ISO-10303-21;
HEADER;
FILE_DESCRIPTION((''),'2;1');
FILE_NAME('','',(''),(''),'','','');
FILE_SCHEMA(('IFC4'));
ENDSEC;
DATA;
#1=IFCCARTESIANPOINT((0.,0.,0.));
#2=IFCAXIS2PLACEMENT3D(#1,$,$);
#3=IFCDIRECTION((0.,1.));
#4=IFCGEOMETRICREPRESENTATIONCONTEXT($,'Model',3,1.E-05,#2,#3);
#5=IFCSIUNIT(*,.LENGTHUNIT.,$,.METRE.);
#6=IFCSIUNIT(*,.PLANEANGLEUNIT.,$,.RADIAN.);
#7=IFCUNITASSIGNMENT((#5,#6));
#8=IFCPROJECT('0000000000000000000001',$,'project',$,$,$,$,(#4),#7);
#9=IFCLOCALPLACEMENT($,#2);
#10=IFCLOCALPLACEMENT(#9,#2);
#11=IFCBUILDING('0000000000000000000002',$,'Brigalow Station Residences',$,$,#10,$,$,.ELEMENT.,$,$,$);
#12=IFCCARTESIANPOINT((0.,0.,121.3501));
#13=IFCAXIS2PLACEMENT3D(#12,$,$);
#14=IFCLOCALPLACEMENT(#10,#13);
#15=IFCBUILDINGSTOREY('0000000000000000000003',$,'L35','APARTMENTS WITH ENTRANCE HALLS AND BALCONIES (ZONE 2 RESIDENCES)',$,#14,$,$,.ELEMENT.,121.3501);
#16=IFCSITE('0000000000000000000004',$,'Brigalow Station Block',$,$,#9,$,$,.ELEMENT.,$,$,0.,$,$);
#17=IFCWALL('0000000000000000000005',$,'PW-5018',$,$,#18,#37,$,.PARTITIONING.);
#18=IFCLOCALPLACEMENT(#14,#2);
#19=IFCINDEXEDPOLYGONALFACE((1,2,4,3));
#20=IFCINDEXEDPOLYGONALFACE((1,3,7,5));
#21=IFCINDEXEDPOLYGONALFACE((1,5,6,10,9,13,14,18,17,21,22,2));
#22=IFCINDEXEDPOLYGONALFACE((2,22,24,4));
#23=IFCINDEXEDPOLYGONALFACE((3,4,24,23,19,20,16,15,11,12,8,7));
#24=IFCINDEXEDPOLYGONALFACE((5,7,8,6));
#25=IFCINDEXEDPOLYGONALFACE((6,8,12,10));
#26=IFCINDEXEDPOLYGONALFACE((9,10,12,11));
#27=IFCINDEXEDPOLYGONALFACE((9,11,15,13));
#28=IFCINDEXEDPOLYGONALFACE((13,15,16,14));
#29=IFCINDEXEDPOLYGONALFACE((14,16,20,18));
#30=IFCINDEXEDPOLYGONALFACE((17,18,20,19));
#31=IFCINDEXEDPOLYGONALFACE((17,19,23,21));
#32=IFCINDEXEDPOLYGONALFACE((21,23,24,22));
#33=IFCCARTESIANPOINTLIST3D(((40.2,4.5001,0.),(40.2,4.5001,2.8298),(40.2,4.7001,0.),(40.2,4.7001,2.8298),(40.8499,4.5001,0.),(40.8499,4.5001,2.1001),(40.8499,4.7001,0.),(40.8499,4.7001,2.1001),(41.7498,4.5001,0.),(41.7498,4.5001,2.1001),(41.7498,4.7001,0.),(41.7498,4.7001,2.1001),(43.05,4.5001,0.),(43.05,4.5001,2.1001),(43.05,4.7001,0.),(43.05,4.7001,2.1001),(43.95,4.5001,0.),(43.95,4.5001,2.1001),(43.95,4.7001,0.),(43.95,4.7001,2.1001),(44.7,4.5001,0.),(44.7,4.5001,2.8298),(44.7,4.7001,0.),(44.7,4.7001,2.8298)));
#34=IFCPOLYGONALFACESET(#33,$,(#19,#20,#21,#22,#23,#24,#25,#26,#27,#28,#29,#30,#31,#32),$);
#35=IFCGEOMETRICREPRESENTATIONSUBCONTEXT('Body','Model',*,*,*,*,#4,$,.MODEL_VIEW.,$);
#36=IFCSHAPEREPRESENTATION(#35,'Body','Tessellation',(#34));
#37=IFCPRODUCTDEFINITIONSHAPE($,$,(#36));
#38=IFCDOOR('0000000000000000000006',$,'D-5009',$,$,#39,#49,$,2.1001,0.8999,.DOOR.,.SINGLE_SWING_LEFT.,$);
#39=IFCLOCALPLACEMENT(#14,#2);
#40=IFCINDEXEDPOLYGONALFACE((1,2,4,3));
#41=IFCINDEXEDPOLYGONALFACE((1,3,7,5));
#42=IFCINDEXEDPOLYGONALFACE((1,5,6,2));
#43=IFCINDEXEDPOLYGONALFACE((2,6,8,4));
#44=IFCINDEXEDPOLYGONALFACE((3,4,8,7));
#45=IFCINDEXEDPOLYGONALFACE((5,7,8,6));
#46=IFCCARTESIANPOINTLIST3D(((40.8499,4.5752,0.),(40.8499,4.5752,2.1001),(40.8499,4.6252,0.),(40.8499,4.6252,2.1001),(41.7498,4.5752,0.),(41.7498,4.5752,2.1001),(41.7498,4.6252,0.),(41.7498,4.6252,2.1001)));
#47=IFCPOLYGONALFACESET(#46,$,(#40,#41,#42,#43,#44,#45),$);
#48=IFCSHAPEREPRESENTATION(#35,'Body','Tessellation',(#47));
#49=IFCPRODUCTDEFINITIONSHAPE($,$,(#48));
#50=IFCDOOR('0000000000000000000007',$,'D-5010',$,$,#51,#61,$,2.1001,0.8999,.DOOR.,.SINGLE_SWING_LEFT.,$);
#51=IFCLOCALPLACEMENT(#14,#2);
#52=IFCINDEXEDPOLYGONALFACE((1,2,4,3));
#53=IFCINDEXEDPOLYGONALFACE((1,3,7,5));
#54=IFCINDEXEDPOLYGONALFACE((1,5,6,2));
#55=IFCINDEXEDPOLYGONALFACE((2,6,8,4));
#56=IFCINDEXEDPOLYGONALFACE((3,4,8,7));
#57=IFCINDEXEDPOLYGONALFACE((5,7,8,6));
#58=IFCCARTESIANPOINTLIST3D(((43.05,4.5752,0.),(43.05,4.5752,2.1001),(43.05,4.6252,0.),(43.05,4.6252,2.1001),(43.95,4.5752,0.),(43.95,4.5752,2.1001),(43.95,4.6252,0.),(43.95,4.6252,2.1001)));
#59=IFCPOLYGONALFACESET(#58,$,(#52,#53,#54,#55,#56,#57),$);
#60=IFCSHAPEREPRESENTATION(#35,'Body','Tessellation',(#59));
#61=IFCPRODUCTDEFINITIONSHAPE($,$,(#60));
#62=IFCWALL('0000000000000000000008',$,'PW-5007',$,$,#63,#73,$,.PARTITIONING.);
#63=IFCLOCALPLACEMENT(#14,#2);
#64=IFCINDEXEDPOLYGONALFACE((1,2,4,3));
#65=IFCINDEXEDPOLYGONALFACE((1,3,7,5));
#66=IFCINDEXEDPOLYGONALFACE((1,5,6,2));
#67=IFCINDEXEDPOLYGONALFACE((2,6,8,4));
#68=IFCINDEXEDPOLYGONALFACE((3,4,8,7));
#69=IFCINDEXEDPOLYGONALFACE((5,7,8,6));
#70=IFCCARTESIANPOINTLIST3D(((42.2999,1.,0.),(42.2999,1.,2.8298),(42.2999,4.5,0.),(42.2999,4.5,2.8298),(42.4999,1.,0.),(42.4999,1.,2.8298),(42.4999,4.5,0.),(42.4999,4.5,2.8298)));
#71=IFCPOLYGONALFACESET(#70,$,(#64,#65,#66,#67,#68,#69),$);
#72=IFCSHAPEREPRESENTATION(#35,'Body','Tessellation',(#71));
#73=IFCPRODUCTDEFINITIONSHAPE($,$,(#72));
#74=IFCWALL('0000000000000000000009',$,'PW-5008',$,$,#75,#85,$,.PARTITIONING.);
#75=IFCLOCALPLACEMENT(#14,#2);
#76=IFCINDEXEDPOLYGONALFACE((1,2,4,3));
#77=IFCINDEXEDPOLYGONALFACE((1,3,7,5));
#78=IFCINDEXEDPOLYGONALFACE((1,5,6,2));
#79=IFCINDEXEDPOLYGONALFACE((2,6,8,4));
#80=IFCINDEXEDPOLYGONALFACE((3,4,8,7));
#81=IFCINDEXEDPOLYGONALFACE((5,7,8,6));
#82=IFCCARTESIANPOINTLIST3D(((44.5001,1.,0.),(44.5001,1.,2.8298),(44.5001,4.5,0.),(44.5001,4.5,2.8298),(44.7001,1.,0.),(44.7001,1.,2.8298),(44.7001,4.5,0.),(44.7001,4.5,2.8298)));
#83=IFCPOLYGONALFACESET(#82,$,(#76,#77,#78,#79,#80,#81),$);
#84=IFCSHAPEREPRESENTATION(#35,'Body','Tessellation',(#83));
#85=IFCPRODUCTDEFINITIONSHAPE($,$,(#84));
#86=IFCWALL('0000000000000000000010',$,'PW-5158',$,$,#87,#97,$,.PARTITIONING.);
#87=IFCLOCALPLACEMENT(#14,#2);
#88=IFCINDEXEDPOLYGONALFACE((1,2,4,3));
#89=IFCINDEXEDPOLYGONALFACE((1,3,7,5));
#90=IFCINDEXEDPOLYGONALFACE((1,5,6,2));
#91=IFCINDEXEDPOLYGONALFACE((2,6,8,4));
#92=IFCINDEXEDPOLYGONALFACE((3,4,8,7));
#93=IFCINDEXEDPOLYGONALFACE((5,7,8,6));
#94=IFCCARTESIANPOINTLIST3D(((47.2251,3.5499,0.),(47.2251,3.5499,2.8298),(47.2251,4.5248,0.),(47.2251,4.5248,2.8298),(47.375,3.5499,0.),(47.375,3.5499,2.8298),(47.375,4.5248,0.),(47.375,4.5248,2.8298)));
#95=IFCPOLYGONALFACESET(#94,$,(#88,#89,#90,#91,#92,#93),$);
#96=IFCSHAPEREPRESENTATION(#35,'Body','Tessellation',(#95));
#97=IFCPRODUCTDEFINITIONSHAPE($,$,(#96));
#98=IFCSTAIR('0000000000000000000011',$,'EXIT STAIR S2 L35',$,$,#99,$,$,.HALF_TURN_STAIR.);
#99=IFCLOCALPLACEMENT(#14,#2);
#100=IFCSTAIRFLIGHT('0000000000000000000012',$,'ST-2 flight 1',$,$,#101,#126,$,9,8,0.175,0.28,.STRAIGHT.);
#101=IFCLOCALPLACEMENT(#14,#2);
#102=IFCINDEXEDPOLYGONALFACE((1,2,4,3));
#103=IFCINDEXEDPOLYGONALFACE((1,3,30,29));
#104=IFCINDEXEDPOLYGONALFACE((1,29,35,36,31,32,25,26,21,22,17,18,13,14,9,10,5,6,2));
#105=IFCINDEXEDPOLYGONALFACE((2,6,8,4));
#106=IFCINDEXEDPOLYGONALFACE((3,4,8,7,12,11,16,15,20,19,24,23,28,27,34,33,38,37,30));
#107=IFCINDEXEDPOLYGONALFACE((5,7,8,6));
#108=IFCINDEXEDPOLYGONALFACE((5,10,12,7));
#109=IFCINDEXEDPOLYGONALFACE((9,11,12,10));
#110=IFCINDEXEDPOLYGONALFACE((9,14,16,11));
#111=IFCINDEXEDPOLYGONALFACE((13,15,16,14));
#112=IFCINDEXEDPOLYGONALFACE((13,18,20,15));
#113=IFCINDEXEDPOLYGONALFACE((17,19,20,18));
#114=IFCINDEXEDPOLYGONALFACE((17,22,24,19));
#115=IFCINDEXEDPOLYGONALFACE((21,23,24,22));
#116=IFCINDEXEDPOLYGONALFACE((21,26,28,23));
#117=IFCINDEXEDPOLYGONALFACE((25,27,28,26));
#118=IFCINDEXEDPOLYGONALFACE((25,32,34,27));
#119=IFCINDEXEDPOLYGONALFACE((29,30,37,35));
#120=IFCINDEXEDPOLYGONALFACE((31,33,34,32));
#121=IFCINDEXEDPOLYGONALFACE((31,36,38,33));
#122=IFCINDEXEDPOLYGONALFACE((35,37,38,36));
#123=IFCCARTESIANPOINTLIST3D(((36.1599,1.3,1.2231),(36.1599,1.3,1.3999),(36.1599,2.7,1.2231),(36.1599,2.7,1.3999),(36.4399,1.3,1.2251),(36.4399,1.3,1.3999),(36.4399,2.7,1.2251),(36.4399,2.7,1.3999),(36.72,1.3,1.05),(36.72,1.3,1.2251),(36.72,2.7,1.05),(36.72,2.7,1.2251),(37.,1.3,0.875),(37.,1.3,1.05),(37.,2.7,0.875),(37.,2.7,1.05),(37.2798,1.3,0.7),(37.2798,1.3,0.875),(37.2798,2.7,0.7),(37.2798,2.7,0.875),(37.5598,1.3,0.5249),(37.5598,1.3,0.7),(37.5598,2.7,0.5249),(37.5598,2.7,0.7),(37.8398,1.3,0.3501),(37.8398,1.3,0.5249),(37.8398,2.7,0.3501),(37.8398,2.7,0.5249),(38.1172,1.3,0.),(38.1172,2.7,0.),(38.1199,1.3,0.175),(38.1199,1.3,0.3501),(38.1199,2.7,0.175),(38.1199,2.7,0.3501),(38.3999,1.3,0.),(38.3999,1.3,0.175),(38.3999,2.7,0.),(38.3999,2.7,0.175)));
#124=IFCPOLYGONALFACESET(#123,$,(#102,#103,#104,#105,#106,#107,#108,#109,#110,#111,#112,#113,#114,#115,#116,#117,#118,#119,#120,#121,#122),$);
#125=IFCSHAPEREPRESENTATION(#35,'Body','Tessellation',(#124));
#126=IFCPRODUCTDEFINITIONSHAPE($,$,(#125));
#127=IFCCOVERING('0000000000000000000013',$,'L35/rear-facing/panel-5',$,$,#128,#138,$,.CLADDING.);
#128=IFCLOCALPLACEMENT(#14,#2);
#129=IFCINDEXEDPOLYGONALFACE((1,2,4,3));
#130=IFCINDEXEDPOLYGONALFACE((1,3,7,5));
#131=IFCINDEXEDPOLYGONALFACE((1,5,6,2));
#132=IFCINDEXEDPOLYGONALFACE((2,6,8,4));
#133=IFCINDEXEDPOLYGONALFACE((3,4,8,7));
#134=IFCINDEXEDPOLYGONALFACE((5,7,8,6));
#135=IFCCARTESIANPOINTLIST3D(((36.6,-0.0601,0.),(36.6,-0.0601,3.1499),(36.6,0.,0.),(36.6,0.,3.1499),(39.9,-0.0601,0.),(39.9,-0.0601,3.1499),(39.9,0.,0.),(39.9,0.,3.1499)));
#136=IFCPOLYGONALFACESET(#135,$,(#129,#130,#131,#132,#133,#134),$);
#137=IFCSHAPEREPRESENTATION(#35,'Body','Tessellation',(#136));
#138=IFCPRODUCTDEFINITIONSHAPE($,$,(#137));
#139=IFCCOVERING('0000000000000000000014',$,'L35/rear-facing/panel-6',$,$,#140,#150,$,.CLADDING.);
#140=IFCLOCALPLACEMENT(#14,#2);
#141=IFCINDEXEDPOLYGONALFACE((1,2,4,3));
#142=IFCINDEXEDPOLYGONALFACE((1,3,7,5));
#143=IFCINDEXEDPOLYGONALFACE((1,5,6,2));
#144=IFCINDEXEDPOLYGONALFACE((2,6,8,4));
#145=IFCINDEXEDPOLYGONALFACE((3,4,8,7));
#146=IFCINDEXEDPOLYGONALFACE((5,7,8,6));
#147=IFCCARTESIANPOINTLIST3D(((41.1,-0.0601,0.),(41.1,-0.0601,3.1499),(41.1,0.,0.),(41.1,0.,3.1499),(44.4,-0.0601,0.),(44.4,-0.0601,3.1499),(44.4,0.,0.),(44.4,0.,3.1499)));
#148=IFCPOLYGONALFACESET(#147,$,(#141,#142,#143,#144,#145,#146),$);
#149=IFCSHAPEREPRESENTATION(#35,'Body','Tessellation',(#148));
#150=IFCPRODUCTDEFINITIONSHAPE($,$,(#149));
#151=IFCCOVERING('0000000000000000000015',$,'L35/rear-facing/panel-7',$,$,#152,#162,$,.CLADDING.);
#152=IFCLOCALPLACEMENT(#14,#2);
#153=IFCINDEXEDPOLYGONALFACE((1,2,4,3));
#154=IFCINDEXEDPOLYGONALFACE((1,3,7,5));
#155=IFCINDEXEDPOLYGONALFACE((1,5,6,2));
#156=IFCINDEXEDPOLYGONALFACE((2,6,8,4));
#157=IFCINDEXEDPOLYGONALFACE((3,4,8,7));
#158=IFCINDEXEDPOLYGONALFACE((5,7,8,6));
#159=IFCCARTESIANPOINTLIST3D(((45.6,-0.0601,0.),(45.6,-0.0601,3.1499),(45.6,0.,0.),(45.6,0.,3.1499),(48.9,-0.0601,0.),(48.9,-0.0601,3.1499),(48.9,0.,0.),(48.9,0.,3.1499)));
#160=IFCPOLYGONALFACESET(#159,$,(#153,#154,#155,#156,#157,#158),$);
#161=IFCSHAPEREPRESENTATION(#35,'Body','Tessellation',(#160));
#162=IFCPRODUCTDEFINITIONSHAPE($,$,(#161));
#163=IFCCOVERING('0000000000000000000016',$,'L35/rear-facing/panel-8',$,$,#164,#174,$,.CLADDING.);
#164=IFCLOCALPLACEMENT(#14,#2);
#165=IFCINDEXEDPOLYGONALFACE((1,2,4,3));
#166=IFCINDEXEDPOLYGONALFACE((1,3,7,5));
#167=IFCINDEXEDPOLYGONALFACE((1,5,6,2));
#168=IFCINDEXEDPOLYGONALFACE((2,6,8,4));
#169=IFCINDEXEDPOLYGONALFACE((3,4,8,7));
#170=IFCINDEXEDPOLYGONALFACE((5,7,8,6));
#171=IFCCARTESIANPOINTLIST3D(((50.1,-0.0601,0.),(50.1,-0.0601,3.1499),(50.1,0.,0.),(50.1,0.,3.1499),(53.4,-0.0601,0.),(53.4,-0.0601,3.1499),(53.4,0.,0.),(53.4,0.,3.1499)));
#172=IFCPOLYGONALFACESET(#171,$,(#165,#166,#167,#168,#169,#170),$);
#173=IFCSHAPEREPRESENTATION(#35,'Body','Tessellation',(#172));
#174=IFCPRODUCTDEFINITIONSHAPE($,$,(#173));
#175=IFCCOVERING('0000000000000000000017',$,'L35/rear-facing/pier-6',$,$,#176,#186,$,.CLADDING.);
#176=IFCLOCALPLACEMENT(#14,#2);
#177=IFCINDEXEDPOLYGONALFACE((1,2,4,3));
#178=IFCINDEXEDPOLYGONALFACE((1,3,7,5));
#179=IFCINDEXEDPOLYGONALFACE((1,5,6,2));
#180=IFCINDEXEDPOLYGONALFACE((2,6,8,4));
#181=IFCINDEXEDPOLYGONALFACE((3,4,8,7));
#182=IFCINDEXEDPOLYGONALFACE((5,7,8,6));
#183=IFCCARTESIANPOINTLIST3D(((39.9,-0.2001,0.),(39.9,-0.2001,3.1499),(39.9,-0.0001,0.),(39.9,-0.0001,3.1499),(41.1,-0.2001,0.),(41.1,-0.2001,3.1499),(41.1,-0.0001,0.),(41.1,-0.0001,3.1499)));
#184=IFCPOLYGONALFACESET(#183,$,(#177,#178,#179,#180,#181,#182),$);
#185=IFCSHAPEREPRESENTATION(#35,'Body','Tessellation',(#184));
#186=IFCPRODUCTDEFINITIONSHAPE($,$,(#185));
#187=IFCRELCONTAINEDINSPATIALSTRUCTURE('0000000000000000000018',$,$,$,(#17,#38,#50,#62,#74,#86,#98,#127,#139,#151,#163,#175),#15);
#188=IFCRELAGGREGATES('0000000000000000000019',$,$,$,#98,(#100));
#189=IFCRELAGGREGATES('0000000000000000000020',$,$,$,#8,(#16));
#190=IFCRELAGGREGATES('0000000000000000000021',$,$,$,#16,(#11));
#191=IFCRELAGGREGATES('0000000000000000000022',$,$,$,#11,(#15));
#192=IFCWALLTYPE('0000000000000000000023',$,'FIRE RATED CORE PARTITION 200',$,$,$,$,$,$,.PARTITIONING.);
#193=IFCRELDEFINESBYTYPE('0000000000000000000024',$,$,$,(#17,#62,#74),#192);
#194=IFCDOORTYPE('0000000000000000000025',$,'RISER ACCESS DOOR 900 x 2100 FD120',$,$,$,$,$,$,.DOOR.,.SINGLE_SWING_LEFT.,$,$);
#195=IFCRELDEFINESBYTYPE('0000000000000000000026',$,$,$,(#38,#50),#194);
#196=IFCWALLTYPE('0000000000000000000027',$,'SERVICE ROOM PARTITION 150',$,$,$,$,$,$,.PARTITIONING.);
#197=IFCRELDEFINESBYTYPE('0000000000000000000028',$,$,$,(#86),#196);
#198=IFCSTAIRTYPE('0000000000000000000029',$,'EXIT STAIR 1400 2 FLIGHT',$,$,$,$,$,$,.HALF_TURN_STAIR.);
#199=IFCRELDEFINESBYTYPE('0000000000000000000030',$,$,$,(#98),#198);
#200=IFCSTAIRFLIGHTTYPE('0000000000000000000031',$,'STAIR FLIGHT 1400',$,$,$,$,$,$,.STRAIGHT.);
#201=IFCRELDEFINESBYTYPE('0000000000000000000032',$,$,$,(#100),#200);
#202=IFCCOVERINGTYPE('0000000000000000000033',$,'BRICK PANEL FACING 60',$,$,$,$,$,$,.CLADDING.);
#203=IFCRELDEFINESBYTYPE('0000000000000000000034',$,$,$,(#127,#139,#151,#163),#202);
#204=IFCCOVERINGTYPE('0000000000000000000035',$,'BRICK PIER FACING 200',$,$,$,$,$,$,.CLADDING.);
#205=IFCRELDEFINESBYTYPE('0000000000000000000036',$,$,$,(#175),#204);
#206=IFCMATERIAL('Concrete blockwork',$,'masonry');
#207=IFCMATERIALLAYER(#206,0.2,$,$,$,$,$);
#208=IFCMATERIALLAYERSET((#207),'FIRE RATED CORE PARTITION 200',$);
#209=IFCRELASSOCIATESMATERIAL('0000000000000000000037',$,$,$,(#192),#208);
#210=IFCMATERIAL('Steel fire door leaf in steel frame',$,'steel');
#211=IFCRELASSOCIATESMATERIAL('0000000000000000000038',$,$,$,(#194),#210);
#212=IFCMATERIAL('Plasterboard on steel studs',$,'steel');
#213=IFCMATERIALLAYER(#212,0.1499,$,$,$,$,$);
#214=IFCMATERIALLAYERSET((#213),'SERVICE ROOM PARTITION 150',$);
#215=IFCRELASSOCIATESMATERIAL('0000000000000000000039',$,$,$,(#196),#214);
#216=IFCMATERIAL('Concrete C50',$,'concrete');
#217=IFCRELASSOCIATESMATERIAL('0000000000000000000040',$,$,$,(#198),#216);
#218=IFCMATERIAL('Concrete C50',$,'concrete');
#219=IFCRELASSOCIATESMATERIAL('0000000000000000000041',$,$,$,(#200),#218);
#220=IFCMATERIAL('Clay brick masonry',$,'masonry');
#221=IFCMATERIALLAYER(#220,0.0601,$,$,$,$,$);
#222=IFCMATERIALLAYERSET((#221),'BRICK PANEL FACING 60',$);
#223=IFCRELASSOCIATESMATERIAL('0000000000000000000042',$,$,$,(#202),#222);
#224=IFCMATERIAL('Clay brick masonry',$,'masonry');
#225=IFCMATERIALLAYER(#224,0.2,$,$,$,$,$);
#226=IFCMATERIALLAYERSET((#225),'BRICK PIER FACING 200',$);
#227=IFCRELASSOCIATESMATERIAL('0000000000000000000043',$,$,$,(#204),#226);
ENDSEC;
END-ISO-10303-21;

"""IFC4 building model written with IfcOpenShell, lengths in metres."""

from ifc_helpers import new_model, si_unit, direction, frame, frame_2d, origin, origin_2d, place, context, subcontext, project, spatial, polyline, rectangle, outline, extrude, material, layer, layer_set, type_object, element, fill, aggregate, save


model = new_model("IFC4")

# Units and contexts
model_context = context("Model", 3, precision=1e-05, world=origin(), true_north=direction((0.0, 1.0)))
body_context = subcontext(model_context, "Body", "Model", "MODEL_VIEW")
ifc_project = project(units=[si_unit("LENGTHUNIT", "METRE"), si_unit("PLANEANGLEUNIT", "RADIAN")], contexts=[model_context])

# Site, building, storey
site_placement = place(None, origin())
site = spatial("IfcSite", under=ifc_project, at=site_placement, Name="Brigalow Station Block", CompositionType="ELEMENT", RefElevation=0.0)
building_placement = place(site_placement, origin())
building = spatial("IfcBuilding", under=site, at=building_placement, Name="Brigalow Station Residences", CompositionType="ELEMENT")
storey_placement = place(building_placement, frame((0.0, 0.0, 121.3501)))
storey = spatial("IfcBuildingStorey", under=building, at=storey_placement, Name="L35", Description="APARTMENTS WITH ENTRANCE HALLS AND BALCONIES (ZONE 2 RESIDENCES)", CompositionType="ELEMENT", Elevation=121.3501)

# Wall, openings, doors
ifc_material_1 = material(Name="Concrete blockwork", Category="masonry")
ifc_layer_1 = layer(ifc_material_1, 0.2)
ifc_layer_set_1 = layer_set([ifc_layer_1], Name="FIRE RATED CORE PARTITION 200")
wall_type_1 = type_object("IfcWallType", Name="FIRE RATED CORE PARTITION 200", PredefinedType="PARTITIONING", material=ifc_layer_set_1)
wall_1_placement = place(storey_placement, frame((40.2, 4.6001, 0.0), z_axis=(0.0, 0.0, 1.0), x_axis=(1.0, 0.0, 0.0)))
wall_1 = element("IfcWall", 1, at=wall_1_placement, inside=storey, type_object=wall_type_1, Name="PW-5018", PredefinedType="PARTITIONING", context=body_context, shape_type="SweptSolid", body=[
    extrude(rectangle(XDim=4.5, YDim=0.2, at=frame_2d((2.25, 0.0))), origin(), (0.0, 0.0, 1.0), 2.8298),
])
opening_1_placement = place(wall_1_placement, frame((0.6499, 0.0, 0.0)))
opening_1 = element("IfcOpeningElement", 2, at=opening_1_placement, cuts=wall_1, PredefinedType="OPENING", context=body_context, shape_type="SweptSolid", body=[
    extrude(rectangle(XDim=0.8999, YDim=2.1001, at=frame_2d((0.45, 1.05))), frame((0.0, 0.1099, 0.0), z_axis=(0.0, -1.0, 0.0), x_axis=(1.0, 0.0, 0.0)), (0.0, 0.0, 1.0), 0.22),
])
opening_2_placement = place(wall_1_placement, frame((2.8501, 0.0, 0.0)))
opening_2 = element("IfcOpeningElement", 3, at=opening_2_placement, cuts=wall_1, PredefinedType="OPENING", context=body_context, shape_type="SweptSolid", body=[
    extrude(rectangle(XDim=0.8999, YDim=2.1001, at=frame_2d((0.45, 1.05))), frame((0.0, 0.1099, 0.0), z_axis=(0.0, -1.0, 0.0), x_axis=(1.0, 0.0, 0.0)), (0.0, 0.0, 1.0), 0.22),
])
ifc_material_2 = material(Name="Steel fire door leaf in steel frame", Category="steel")
door_type_1 = type_object("IfcDoorType", Name="RISER ACCESS DOOR 900 x 2100 FD120", OperationType="SINGLE_SWING_LEFT", PredefinedType="DOOR", material=ifc_material_2)
door_1_placement = place(opening_1_placement, frame((0.8999, 0.0, 0.0), z_axis=(0.0, 0.0, 1.0), x_axis=(-1.0, 0.0, 0.0)))
door_1 = element("IfcDoor", 4, at=door_1_placement, inside=storey, type_object=door_type_1, Name="D-5009", OperationType="SINGLE_SWING_LEFT", OverallHeight=2.1001, OverallWidth=0.8999, PredefinedType="DOOR", context=body_context, shape_type="SweptSolid", body=[
    extrude(rectangle(XDim=0.8999, YDim=2.1001, at=frame_2d((0.45, 1.05))), frame((0.0, 0.0249, 0.0), z_axis=(0.0, -1.0, 0.0), x_axis=(1.0, 0.0, 0.0)), (0.0, 0.0, 1.0), 0.05),
])
fill(opening_1, door_1)
door_2_placement = place(opening_2_placement, frame((0.8999, 0.0, 0.0), z_axis=(0.0, 0.0, 1.0), x_axis=(-1.0, 0.0, 0.0)))
door_2 = element("IfcDoor", 5, at=door_2_placement, inside=storey, type_object=door_type_1, Name="D-5010", OperationType="SINGLE_SWING_LEFT", OverallHeight=2.1001, OverallWidth=0.8999, PredefinedType="DOOR", context=body_context, shape_type="SweptSolid", body=[
    extrude(rectangle(XDim=0.8999, YDim=2.1001, at=frame_2d((0.45, 1.05))), frame((0.0, 0.0249, 0.0), z_axis=(0.0, -1.0, 0.0), x_axis=(1.0, 0.0, 0.0)), (0.0, 0.0, 1.0), 0.05),
])
fill(opening_2, door_2)

# Walls
for number, where, z_axis, x_axis, name in (
    (6, (42.3999, 1.0, 0.0), (0.0, 0.0, 1.0), (0.0, 1.0, 0.0), "PW-5007"),
    (7, (44.6001, 1.0, 0.0), (0.0, 0.0, 1.0), (0.0, 1.0, 0.0), "PW-5008"),
):
    element("IfcWall", number, at=place(storey_placement, frame(where, z_axis=z_axis, x_axis=x_axis)), inside=storey, type_object=wall_type_1, Name=name, PredefinedType="PARTITIONING", context=body_context, shape_type="SweptSolid", body=[
        extrude(rectangle(XDim=3.5, YDim=0.2, at=frame_2d((1.75, 0.0))), origin(), (0.0, 0.0, 1.0), 2.8298),
    ])
ifc_material_3 = material(Name="Plasterboard on steel studs", Category="steel")
ifc_layer_2 = layer(ifc_material_3, 0.1499)
ifc_layer_set_2 = layer_set([ifc_layer_2], Name="SERVICE ROOM PARTITION 150")
wall_type_2 = type_object("IfcWallType", Name="SERVICE ROOM PARTITION 150", PredefinedType="PARTITIONING", material=ifc_layer_set_2)
wall_2_placement = place(storey_placement, frame((47.3, 3.55, 0.0), z_axis=(0.0, 0.0, 1.0), x_axis=(0.0, 1.0, 0.0)))
element("IfcWall", 8, at=wall_2_placement, inside=storey, type_object=wall_type_2, Name="PW-5158", PredefinedType="PARTITIONING", context=body_context, shape_type="SweptSolid", body=[
    extrude(rectangle(XDim=0.9749, YDim=0.1499, at=frame_2d((0.4873, 0.0))), origin(), (0.0, 0.0, 1.0), 2.8298),
])

# Stair, stair flight
ifc_material_4 = material(Name="Concrete C50", Category="concrete")
stair_type = type_object("IfcStairType", Name="EXIT STAIR 1400 2 FLIGHT", PredefinedType="HALF_TURN_STAIR", material=ifc_material_4)
stair_placement = place(storey_placement, origin())
stair = element("IfcStair", 9, at=stair_placement, inside=storey, type_object=stair_type, Name="EXIT STAIR S2 L35", PredefinedType="HALF_TURN_STAIR")
ifc_material_5 = material(Name="Concrete C50", Category="concrete")
stair_flight_type = type_object("IfcStairFlightType", Name="STAIR FLIGHT 1400", PredefinedType="STRAIGHT", material=ifc_material_5)
stair_flight_placement = place(storey_placement, frame((38.3999, 2.0, 0.0), z_axis=(0.0, 0.0, 1.0), x_axis=(-1.0, 0.0, 0.0)))
stair_flight = element("IfcStairFlight", 10, at=stair_flight_placement, type_object=stair_flight_type, Name="ST-2 flight 1", NumberOfRisers=9, NumberOfTreads=8, PredefinedType="STRAIGHT", RiserHeight=0.175, TreadLength=0.28, context=body_context, shape_type="SweptSolid", body=[
    extrude(outline(polyline([(0.0, 0.0), (0.0, 0.175), (0.28, 0.175), (0.28, 0.3501), (0.5601, 0.3501), (0.5601, 0.5249), (0.8401, 0.5249), (0.8401, 0.7), (1.1201, 0.7), (1.1201, 0.875), (1.3999, 0.875), (1.3999, 1.05), (1.6799, 1.05), (1.6799, 1.2251), (1.96, 1.2251), (1.96, 1.3999), (2.24, 1.3999), (2.24, 1.575), (2.24, 1.2231), (0.2827, 0.0), (0.0, 0.0)])), frame((0.0, 0.7, 0.0), z_axis=(0.0, -1.0, 0.0), x_axis=(1.0, 0.0, 0.0)), (0.0, 0.0, 1.0), 1.3999),
])
aggregate(stair, [stair_flight])

# Coverings
ifc_material_6 = material(Name="Clay brick masonry", Category="masonry")
ifc_layer_3 = layer(ifc_material_6, 0.0601)
ifc_layer_set_3 = layer_set([ifc_layer_3], Name="BRICK PANEL FACING 60")
covering_type_1 = type_object("IfcCoveringType", Name="BRICK PANEL FACING 60", PredefinedType="CLADDING", material=ifc_layer_set_3)
for number, where, z_axis, x_axis, name in (
    (11, (38.25, -0.03, 0.0), (0.0, 0.0, 1.0), (1.0, 0.0, 0.0), "L35/rear-facing/panel-5"),
    (12, (42.75, -0.03, 0.0), (0.0, 0.0, 1.0), (1.0, 0.0, 0.0), "L35/rear-facing/panel-6"),
    (13, (47.25, -0.03, 0.0), (0.0, 0.0, 1.0), (1.0, 0.0, 0.0), "L35/rear-facing/panel-7"),
    (14, (51.75, -0.03, 0.0), (0.0, 0.0, 1.0), (1.0, 0.0, 0.0), "L35/rear-facing/panel-8"),
):
    element("IfcCovering", number, at=place(storey_placement, frame(where, z_axis=z_axis, x_axis=x_axis)), inside=storey, type_object=covering_type_1, Name=name, PredefinedType="CLADDING", context=body_context, shape_type="SweptSolid", body=[
        extrude(rectangle(XDim=3.3, YDim=0.0601, at=origin_2d()), origin(), (0.0, 0.0, 1.0), 3.1499),
    ])
ifc_material_7 = material(Name="Clay brick masonry", Category="masonry")
ifc_layer_4 = layer(ifc_material_7, 0.2)
ifc_layer_set_4 = layer_set([ifc_layer_4], Name="BRICK PIER FACING 200")
covering_type_2 = type_object("IfcCoveringType", Name="BRICK PIER FACING 200", PredefinedType="CLADDING", material=ifc_layer_set_4)
for number, where, z_axis, x_axis, name in (
    (15, (40.5, -0.1001, 0.0), (0.0, 0.0, 1.0), (1.0, 0.0, 0.0), "L35/rear-facing/pier-6"),
):
    element("IfcCovering", number, at=place(storey_placement, frame(where, z_axis=z_axis, x_axis=x_axis)), inside=storey, type_object=covering_type_2, Name=name, PredefinedType="CLADDING", context=body_context, shape_type="SweptSolid", body=[
        extrude(rectangle(XDim=1.2, YDim=0.2, at=origin_2d()), origin(), (0.0, 0.0, 1.0), 3.1499),
    ])

save(model, "model.ifc")
